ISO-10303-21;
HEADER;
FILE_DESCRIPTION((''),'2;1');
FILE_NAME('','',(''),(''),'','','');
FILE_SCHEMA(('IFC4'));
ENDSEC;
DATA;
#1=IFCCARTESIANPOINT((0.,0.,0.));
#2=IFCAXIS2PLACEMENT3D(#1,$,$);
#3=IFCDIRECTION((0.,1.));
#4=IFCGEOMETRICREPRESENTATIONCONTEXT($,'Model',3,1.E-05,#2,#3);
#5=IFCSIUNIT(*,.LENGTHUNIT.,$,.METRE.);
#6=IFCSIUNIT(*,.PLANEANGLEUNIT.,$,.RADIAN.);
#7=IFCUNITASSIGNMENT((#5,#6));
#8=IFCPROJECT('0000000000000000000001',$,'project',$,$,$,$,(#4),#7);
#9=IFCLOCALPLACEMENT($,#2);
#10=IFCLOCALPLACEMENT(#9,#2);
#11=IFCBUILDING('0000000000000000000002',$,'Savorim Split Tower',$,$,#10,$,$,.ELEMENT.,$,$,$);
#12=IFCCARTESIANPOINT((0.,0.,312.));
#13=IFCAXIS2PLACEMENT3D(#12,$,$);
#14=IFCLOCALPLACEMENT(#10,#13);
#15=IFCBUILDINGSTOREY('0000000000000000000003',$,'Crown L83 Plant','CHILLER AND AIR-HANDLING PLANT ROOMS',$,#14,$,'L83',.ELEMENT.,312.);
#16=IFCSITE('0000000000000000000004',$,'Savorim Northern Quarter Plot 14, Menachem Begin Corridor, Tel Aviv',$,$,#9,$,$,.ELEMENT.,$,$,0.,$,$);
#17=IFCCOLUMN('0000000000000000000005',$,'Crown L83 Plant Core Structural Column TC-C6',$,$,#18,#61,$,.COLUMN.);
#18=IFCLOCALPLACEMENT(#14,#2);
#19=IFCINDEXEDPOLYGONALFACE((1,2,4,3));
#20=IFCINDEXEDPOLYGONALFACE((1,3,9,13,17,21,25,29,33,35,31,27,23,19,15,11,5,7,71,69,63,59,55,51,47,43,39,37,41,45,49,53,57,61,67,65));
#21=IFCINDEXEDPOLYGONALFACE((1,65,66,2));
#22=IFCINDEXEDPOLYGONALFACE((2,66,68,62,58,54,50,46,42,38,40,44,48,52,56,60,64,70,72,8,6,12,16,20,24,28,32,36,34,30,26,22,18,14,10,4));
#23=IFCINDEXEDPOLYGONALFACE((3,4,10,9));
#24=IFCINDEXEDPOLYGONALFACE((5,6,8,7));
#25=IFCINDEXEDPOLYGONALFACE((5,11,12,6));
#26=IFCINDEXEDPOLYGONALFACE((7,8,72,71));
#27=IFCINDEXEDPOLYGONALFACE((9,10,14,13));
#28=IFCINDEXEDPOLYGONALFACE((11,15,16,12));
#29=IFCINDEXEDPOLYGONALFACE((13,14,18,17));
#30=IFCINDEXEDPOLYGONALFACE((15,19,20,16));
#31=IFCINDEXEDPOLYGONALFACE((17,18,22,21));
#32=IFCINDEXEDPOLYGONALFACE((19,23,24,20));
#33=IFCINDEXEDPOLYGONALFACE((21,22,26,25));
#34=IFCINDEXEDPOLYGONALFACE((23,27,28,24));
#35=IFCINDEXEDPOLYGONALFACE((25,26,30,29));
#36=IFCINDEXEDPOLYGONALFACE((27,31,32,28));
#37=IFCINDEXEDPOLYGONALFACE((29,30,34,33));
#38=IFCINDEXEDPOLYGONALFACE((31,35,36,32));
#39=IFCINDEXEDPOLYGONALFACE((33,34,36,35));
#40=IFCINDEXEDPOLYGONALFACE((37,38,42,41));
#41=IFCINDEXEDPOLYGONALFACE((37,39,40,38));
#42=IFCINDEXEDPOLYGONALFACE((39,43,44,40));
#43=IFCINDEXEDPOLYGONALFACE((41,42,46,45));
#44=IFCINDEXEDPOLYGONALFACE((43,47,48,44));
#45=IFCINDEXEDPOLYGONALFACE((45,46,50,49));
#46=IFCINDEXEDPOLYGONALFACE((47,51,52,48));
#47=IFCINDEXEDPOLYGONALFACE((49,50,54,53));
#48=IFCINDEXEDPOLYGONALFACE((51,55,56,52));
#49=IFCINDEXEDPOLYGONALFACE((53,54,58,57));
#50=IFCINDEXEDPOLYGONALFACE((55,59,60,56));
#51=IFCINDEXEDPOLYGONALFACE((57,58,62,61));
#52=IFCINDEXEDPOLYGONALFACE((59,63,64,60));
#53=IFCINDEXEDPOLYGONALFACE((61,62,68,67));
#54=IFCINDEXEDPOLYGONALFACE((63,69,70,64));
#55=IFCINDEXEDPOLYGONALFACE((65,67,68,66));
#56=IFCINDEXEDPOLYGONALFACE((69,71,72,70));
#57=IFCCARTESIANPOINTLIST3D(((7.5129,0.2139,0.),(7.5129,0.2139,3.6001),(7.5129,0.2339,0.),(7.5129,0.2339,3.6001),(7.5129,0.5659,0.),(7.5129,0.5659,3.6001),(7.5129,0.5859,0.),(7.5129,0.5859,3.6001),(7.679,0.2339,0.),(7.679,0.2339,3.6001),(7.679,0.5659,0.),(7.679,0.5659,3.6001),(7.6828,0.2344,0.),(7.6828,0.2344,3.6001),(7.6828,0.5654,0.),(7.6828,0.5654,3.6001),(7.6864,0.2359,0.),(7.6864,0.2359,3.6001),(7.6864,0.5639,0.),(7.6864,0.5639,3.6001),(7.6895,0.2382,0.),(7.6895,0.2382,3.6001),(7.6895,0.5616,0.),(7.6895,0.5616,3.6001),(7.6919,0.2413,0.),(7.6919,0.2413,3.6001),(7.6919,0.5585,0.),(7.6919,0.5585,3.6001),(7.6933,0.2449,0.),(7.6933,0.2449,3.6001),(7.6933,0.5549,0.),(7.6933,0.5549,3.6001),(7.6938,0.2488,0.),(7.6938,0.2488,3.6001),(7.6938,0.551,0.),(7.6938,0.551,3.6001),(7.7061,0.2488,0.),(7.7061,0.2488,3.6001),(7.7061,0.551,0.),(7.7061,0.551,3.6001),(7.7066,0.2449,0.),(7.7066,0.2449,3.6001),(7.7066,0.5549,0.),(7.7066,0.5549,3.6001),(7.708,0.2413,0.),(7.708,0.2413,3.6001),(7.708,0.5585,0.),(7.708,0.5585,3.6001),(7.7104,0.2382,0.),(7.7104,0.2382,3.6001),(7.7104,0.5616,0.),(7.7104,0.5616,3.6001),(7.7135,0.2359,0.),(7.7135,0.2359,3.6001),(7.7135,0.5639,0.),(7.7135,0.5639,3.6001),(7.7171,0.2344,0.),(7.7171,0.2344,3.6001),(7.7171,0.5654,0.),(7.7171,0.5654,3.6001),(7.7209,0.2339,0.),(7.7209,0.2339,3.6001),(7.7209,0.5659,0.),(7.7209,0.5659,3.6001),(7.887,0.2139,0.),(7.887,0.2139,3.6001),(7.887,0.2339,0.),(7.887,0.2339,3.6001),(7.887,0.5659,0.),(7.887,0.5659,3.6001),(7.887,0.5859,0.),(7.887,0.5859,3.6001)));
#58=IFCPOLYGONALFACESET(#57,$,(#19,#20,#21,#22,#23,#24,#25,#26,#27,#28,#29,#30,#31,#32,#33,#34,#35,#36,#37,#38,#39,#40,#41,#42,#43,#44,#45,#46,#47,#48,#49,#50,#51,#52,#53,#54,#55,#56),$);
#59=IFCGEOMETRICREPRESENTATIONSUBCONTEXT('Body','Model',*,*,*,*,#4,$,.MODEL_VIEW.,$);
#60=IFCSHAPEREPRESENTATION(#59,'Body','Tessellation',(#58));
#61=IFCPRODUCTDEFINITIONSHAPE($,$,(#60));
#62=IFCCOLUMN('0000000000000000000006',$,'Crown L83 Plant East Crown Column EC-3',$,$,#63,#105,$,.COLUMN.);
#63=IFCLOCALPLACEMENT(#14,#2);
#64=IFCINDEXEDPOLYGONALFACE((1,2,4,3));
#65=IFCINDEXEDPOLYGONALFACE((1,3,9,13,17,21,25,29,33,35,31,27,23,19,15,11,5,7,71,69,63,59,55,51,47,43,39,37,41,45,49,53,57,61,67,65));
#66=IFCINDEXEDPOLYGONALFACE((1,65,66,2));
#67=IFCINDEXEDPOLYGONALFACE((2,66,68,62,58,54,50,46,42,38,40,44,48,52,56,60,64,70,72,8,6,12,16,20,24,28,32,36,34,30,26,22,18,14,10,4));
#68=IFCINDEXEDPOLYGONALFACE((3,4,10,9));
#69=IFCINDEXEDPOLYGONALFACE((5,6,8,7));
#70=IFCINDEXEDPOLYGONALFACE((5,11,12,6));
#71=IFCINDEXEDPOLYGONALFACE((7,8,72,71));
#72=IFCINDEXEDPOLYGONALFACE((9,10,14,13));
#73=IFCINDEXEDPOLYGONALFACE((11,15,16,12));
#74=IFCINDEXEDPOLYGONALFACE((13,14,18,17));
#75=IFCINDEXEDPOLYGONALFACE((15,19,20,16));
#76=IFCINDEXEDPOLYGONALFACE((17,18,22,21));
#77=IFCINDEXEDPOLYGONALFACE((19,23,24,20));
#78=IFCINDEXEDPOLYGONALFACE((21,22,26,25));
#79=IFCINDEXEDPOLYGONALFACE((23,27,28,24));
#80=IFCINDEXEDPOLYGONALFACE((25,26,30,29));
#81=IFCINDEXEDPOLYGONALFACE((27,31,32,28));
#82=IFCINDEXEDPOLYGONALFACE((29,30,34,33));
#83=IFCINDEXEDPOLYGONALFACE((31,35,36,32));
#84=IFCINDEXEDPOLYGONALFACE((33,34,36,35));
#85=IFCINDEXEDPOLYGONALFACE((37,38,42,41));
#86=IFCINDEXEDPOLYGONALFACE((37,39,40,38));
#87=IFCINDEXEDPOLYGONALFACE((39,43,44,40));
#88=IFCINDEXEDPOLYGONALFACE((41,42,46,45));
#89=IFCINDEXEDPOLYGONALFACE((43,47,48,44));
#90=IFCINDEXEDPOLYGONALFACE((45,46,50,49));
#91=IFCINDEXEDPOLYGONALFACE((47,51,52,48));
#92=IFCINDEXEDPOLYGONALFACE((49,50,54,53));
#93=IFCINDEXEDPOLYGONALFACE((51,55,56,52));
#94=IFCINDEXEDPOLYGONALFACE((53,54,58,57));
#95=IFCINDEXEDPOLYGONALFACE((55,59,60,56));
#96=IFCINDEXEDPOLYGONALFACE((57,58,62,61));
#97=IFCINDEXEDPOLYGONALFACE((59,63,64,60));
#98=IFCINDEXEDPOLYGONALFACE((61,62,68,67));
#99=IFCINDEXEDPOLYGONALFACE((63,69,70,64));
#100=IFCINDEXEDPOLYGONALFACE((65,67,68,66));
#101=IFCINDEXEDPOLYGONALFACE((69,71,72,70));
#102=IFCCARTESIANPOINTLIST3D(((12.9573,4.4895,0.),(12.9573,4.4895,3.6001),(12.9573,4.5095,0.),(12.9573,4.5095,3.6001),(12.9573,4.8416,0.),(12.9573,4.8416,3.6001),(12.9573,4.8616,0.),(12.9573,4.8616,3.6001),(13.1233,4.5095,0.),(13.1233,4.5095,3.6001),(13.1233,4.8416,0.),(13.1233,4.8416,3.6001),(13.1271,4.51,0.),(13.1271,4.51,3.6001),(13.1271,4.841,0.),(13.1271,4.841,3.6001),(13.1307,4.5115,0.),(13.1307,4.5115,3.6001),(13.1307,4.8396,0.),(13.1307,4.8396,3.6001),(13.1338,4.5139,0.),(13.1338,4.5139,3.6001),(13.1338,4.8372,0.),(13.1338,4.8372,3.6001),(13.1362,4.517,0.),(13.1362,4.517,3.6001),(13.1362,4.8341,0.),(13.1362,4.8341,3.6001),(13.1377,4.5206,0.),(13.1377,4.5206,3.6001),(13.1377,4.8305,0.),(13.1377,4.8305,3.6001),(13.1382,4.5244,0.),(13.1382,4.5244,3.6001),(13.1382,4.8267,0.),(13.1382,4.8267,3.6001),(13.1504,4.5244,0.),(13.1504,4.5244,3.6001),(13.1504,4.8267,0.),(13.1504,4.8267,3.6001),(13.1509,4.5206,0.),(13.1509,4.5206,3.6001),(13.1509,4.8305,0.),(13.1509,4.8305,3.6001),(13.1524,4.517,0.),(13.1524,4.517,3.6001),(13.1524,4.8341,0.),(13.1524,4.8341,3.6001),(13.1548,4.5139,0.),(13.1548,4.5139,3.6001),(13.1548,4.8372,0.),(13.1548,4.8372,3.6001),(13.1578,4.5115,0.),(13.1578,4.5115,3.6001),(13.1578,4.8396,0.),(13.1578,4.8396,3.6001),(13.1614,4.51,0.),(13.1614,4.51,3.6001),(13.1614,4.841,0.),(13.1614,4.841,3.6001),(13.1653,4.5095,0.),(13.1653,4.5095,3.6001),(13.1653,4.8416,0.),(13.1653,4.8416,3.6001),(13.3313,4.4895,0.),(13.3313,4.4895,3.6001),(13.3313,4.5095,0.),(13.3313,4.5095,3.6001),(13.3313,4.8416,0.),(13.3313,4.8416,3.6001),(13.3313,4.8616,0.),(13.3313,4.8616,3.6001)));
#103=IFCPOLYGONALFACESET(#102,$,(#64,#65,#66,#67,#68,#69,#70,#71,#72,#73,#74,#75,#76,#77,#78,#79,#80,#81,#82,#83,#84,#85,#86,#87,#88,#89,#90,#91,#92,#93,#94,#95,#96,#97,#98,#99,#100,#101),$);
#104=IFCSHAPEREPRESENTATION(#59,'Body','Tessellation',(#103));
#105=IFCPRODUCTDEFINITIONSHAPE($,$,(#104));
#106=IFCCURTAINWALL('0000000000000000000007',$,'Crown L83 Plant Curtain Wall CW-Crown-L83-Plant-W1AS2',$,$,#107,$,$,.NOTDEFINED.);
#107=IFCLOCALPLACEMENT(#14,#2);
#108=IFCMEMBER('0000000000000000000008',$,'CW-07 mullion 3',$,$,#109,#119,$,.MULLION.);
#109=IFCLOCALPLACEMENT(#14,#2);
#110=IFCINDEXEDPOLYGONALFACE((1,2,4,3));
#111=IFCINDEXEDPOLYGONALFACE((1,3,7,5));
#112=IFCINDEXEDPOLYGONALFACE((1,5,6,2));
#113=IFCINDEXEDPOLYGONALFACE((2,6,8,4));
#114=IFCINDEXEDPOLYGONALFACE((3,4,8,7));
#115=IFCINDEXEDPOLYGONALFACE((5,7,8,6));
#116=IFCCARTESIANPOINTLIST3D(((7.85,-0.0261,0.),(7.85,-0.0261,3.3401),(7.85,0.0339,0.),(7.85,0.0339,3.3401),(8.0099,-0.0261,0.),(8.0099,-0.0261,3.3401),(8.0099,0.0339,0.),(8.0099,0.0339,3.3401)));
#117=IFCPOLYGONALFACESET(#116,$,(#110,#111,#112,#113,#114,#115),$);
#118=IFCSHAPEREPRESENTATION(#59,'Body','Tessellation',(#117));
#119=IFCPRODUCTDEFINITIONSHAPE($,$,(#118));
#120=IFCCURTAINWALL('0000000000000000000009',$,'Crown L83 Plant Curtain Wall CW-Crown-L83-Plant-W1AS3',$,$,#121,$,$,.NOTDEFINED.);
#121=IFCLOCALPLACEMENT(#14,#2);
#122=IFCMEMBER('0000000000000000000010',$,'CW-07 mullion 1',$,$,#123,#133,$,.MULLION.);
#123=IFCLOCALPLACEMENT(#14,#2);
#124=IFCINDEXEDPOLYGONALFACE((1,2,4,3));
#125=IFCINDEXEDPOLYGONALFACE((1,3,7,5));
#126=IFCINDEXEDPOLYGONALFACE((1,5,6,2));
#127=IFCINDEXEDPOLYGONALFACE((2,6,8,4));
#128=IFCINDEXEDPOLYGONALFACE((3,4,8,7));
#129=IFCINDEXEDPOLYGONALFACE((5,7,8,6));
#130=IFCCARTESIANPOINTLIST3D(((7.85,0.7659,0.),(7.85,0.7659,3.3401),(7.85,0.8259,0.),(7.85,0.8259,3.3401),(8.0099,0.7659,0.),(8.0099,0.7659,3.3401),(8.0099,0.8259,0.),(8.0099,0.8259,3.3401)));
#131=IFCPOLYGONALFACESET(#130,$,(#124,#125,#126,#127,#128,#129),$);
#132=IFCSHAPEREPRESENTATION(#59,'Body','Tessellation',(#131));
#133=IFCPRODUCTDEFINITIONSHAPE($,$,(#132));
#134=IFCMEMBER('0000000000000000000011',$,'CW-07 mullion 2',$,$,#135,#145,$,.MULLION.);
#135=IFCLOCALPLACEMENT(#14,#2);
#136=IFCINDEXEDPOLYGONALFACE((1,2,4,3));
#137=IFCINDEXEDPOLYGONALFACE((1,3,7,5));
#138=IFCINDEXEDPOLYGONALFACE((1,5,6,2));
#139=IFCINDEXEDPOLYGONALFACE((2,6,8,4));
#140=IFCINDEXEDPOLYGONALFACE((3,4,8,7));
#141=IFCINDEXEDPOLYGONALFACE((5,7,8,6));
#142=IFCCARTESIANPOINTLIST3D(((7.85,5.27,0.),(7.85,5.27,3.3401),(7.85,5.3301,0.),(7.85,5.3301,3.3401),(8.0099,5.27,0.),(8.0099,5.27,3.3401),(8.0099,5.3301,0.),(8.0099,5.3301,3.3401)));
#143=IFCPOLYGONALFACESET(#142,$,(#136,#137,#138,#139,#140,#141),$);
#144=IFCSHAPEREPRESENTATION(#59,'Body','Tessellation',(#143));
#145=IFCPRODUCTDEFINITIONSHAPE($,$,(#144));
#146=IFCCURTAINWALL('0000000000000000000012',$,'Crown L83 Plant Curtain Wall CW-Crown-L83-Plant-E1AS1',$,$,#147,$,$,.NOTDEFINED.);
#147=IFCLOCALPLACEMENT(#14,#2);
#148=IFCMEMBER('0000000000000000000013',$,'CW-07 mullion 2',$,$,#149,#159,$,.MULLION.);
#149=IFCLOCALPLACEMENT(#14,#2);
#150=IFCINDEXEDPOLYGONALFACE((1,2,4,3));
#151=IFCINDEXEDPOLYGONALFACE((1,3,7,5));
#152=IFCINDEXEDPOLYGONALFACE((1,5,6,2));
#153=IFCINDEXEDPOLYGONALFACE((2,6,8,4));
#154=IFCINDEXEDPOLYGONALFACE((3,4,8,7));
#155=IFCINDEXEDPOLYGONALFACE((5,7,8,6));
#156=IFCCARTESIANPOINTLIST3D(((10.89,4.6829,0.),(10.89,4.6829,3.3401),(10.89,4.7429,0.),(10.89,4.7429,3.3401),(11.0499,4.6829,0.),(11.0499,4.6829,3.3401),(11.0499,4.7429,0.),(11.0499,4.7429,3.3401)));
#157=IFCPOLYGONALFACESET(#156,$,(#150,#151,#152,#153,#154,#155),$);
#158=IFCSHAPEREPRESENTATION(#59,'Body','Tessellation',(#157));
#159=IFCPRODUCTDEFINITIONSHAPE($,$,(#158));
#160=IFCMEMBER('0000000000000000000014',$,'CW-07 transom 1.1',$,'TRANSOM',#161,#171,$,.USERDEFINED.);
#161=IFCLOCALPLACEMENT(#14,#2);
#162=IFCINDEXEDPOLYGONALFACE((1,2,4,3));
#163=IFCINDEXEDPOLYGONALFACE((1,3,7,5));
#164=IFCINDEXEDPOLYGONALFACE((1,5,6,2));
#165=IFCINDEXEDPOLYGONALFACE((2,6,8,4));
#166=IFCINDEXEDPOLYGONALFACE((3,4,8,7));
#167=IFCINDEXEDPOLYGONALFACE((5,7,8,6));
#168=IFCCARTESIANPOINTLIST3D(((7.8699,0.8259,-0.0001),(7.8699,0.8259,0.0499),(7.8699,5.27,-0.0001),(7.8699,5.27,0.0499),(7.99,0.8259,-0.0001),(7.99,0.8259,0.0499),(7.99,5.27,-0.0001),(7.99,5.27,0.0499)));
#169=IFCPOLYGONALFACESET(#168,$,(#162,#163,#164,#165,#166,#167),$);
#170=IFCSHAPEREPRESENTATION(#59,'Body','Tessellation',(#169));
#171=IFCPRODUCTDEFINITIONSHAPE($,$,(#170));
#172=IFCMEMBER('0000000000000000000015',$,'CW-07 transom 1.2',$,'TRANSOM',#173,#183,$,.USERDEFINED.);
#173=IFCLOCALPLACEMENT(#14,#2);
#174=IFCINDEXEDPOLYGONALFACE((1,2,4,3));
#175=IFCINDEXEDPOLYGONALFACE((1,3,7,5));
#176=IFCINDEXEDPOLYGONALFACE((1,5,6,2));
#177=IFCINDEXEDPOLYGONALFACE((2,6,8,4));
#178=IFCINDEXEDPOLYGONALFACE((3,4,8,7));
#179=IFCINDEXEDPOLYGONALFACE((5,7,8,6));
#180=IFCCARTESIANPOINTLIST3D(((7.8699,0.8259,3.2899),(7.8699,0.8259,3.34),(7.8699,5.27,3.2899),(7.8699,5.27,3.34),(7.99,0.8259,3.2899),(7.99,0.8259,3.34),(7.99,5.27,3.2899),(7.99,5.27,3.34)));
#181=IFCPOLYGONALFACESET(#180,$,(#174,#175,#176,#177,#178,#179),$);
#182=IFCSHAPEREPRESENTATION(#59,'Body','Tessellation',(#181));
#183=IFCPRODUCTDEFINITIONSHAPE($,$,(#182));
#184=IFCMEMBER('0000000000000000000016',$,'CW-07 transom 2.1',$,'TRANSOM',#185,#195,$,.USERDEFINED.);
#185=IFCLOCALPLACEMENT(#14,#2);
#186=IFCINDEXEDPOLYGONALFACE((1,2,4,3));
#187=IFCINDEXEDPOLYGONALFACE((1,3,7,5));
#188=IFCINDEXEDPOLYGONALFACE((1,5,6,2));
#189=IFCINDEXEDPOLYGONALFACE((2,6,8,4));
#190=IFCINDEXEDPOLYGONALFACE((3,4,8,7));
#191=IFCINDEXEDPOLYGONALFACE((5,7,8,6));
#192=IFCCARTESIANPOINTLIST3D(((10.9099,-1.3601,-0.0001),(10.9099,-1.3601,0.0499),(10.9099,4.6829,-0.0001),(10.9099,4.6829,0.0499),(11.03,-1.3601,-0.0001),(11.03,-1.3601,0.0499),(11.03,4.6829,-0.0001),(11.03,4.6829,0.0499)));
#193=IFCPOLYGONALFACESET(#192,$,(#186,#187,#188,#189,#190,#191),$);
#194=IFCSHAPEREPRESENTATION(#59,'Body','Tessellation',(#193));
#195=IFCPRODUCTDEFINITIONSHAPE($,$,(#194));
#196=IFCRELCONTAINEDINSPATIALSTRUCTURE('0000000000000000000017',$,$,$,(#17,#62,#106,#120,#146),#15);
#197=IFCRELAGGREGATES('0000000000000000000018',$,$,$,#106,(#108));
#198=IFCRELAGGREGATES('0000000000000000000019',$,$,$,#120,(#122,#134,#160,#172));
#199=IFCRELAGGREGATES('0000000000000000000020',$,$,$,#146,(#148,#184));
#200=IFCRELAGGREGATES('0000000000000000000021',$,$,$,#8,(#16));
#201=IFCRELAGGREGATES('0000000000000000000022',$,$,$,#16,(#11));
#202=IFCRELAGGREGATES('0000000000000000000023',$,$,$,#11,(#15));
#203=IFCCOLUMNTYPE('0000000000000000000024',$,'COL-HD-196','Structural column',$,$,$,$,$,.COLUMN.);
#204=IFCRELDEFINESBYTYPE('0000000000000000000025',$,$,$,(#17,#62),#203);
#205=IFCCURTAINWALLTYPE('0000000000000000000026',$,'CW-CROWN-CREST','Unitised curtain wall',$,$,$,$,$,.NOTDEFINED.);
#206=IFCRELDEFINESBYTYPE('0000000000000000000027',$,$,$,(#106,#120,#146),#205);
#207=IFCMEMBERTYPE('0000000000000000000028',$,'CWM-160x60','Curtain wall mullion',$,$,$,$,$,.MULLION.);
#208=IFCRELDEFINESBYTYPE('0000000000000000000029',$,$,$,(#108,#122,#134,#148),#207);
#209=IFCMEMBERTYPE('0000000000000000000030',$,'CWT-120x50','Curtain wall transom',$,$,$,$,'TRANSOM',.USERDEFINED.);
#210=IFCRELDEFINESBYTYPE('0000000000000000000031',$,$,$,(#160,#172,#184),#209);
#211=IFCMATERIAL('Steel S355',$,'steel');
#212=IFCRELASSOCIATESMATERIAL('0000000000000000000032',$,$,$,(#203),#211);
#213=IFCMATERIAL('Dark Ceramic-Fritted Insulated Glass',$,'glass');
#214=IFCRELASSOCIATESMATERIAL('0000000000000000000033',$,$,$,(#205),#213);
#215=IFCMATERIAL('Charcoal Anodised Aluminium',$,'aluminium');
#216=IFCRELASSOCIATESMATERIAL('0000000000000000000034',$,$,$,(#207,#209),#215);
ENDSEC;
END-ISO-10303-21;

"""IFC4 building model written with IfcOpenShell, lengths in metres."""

from ifc_helpers import new_model, si_unit, direction, frame, origin, origin_2d, place, context, subcontext, project, spatial, rectangle, i_section, extrude, material, material_profile, profile_set, type_object, element, aggregate, save


model = new_model("IFC4")

# Units and contexts
model_context = context("Model", 3, precision=1e-05, world=origin(), true_north=direction((0.0, 1.0)))
body_context = subcontext(model_context, "Body", "Model", "MODEL_VIEW")
ifc_project = project(units=[si_unit("LENGTHUNIT", "METRE"), si_unit("PLANEANGLEUNIT", "RADIAN")], contexts=[model_context])

# Site, building, storey
site_placement = place(None, origin())
site = spatial("IfcSite", under=ifc_project, at=site_placement, Name="Savorim Northern Quarter Plot 14, Menachem Begin Corridor, Tel Aviv", CompositionType="ELEMENT", RefElevation=0.0)
building_placement = place(site_placement, origin())
building = spatial("IfcBuilding", under=site, at=building_placement, Name="Savorim Split Tower", CompositionType="ELEMENT")
storey_placement = place(building_placement, frame((0.0, 0.0, 312.0)))
storey = spatial("IfcBuildingStorey", under=building, at=storey_placement, Name="Crown L83 Plant", Description="CHILLER AND AIR-HANDLING PLANT ROOMS", LongName="L83", CompositionType="ELEMENT", Elevation=312.0)

# Columns
ifc_material_1 = material(Name="Steel S355", Category="steel")
ifc_material_profile_1 = material_profile(ifc_material_1, i_section(OverallWidth=0.374, OverallDepth=0.3721, WebThickness=0.0122, FlangeThickness=0.02, FilletRadius=0.0149, at=origin_2d()), Name="HD 360x196")
ifc_profile_set_1 = profile_set([ifc_material_profile_1], Name="Steel S355")
column_type = type_object("IfcColumnType", Name="COL-HD-196", Description="Structural column", PredefinedType="COLUMN", material=ifc_profile_set_1)
for number, where, z_axis, x_axis, name in (
    (1, (7.7, 0.3999, 0.0), (0.0, 0.0, 1.0), (1.0, 0.0, 0.0), "Crown L83 Plant Core Structural Column TC-C6"),
    (2, (13.1443, 4.6755, 0.0), (0.0, 0.0, 1.0), (1.0, 0.0, 0.0), "Crown L83 Plant East Crown Column EC-3"),
):
    element("IfcColumn", number, at=place(storey_placement, frame(where, z_axis=z_axis, x_axis=x_axis)), inside=storey, type_object=column_type, Name=name, PredefinedType="COLUMN", context=body_context, shape_type="SweptSolid", body=[
        extrude(i_section(OverallWidth=0.374, OverallDepth=0.3721, WebThickness=0.0122, FlangeThickness=0.02, FilletRadius=0.0149, at=origin_2d()), origin(), (0.0, 0.0, 1.0), 3.6001),
    ])

# Curtain wall, member
ifc_material_2 = material(Name="Dark Ceramic-Fritted Insulated Glass", Category="glass")
curtain_wall_type = type_object("IfcCurtainWallType", Name="CW-CROWN-CREST", Description="Unitised curtain wall", PredefinedType="NOTDEFINED", material=ifc_material_2)
curtain_wall_1_placement = place(storey_placement, origin())
curtain_wall_1 = element("IfcCurtainWall", 3, at=curtain_wall_1_placement, inside=storey, type_object=curtain_wall_type, Name="Crown L83 Plant Curtain Wall CW-Crown-L83-Plant-W1AS2", PredefinedType="NOTDEFINED")
ifc_material_3 = material(Name="Charcoal Anodised Aluminium", Category="aluminium")
ifc_material_profile_2 = material_profile(ifc_material_3, rectangle(XDim=0.1599, YDim=0.0601, at=origin_2d()), Name="ALU-M 160x60")
ifc_profile_set_2 = profile_set([ifc_material_profile_2], Name="Charcoal Anodised Aluminium")
member_type_1 = type_object("IfcMemberType", Name="CWM-160x60", Description="Curtain wall mullion", PredefinedType="MULLION", material=ifc_profile_set_2)
member_1_placement = place(storey_placement, frame((7.9299, 0.0039, 0.0), z_axis=(0.0, 0.0, 1.0), x_axis=(-1.0, 0.0, 0.0)))
member_1 = element("IfcMember", 4, at=member_1_placement, type_object=member_type_1, Name="CW-07 mullion 3", PredefinedType="MULLION", context=body_context, shape_type="SweptSolid", body=[
    extrude(rectangle(XDim=0.1599, YDim=0.0601, at=origin_2d()), origin(), (0.0, 0.0, 1.0), 3.3401),
])
aggregate(curtain_wall_1, [member_1])

# Curtain wall, members
curtain_wall_2_placement = place(storey_placement, origin())
curtain_wall_2 = element("IfcCurtainWall", 5, at=curtain_wall_2_placement, inside=storey, type_object=curtain_wall_type, Name="Crown L83 Plant Curtain Wall CW-Crown-L83-Plant-W1AS3", PredefinedType="NOTDEFINED")
member_2_placement = place(storey_placement, frame((7.9299, 0.7959, 0.0), z_axis=(0.0, 0.0, 1.0), x_axis=(-1.0, 0.0, 0.0)))
member_2 = element("IfcMember", 6, at=member_2_placement, type_object=member_type_1, Name="CW-07 mullion 1", PredefinedType="MULLION", context=body_context, shape_type="SweptSolid", body=[
    extrude(rectangle(XDim=0.1599, YDim=0.0601, at=origin_2d()), origin(), (0.0, 0.0, 1.0), 3.3401),
])
member_3_placement = place(storey_placement, frame((7.9299, 5.3, 0.0), z_axis=(0.0, 0.0, 1.0), x_axis=(-1.0, 0.0, 0.0)))
member_3 = element("IfcMember", 7, at=member_3_placement, type_object=member_type_1, Name="CW-07 mullion 2", PredefinedType="MULLION", context=body_context, shape_type="SweptSolid", body=[
    extrude(rectangle(XDim=0.1599, YDim=0.0601, at=origin_2d()), origin(), (0.0, 0.0, 1.0), 3.3401),
])

# Curtain wall, member
curtain_wall_3_placement = place(storey_placement, origin())
curtain_wall_3 = element("IfcCurtainWall", 8, at=curtain_wall_3_placement, inside=storey, type_object=curtain_wall_type, Name="Crown L83 Plant Curtain Wall CW-Crown-L83-Plant-E1AS1", PredefinedType="NOTDEFINED")
member_4_placement = place(storey_placement, frame((10.97, 4.7129, 0.0), z_axis=(0.0, 0.0, 1.0), x_axis=(1.0, 0.0, 0.0)))
member_4 = element("IfcMember", 9, at=member_4_placement, type_object=member_type_1, Name="CW-07 mullion 2", PredefinedType="MULLION", context=body_context, shape_type="SweptSolid", body=[
    extrude(rectangle(XDim=0.1599, YDim=0.0601, at=origin_2d()), origin(), (0.0, 0.0, 1.0), 3.3401),
])

# Members
ifc_material_profile_3 = material_profile(ifc_material_3, rectangle(XDim=0.1201, YDim=0.05, at=origin_2d()), Name="ALU-T 120x50")
ifc_profile_set_3 = profile_set([ifc_material_profile_3], Name="Charcoal Anodised Aluminium")
member_type_2 = type_object("IfcMemberType", Name="CWT-120x50", Description="Curtain wall transom", ElementType="TRANSOM", PredefinedType="USERDEFINED", material=ifc_profile_set_3)
member_5_placement = place(storey_placement, frame((7.9299, 0.8259, 0.0249), z_axis=(0.0, 1.0, 0.0), x_axis=(-1.0, 0.0, 0.0)))
member_5 = element("IfcMember", 10, at=member_5_placement, type_object=member_type_2, Name="CW-07 transom 1.1", ObjectType="TRANSOM", PredefinedType="USERDEFINED", context=body_context, shape_type="SweptSolid", body=[
    extrude(rectangle(XDim=0.1201, YDim=0.05, at=origin_2d()), origin(), (0.0, 0.0, 1.0), 4.4441),
])
member_6_placement = place(storey_placement, frame((7.9299, 0.8259, 3.3149), z_axis=(0.0, 1.0, 0.0), x_axis=(-1.0, 0.0, 0.0)))
member_6 = element("IfcMember", 11, at=member_6_placement, type_object=member_type_2, Name="CW-07 transom 1.2", ObjectType="TRANSOM", PredefinedType="USERDEFINED", context=body_context, shape_type="SweptSolid", body=[
    extrude(rectangle(XDim=0.1201, YDim=0.05, at=origin_2d()), origin(), (0.0, 0.0, 1.0), 4.4441),
])
member_7_placement = place(storey_placement, frame((10.97, 4.6829, 0.0249), z_axis=(0.0, -1.0, 0.0), x_axis=(1.0, 0.0, 0.0)))
member_7 = element("IfcMember", 12, at=member_7_placement, type_object=member_type_2, Name="CW-07 transom 2.1", ObjectType="TRANSOM", PredefinedType="USERDEFINED", context=body_context, shape_type="SweptSolid", body=[
    extrude(rectangle(XDim=0.1201, YDim=0.05, at=origin_2d()), origin(), (0.0, 0.0, 1.0), 6.043),
])

aggregate(curtain_wall_2, [member_2, member_3, member_5, member_6])
aggregate(curtain_wall_3, [member_4, member_7])

save(model, "model.ifc")
